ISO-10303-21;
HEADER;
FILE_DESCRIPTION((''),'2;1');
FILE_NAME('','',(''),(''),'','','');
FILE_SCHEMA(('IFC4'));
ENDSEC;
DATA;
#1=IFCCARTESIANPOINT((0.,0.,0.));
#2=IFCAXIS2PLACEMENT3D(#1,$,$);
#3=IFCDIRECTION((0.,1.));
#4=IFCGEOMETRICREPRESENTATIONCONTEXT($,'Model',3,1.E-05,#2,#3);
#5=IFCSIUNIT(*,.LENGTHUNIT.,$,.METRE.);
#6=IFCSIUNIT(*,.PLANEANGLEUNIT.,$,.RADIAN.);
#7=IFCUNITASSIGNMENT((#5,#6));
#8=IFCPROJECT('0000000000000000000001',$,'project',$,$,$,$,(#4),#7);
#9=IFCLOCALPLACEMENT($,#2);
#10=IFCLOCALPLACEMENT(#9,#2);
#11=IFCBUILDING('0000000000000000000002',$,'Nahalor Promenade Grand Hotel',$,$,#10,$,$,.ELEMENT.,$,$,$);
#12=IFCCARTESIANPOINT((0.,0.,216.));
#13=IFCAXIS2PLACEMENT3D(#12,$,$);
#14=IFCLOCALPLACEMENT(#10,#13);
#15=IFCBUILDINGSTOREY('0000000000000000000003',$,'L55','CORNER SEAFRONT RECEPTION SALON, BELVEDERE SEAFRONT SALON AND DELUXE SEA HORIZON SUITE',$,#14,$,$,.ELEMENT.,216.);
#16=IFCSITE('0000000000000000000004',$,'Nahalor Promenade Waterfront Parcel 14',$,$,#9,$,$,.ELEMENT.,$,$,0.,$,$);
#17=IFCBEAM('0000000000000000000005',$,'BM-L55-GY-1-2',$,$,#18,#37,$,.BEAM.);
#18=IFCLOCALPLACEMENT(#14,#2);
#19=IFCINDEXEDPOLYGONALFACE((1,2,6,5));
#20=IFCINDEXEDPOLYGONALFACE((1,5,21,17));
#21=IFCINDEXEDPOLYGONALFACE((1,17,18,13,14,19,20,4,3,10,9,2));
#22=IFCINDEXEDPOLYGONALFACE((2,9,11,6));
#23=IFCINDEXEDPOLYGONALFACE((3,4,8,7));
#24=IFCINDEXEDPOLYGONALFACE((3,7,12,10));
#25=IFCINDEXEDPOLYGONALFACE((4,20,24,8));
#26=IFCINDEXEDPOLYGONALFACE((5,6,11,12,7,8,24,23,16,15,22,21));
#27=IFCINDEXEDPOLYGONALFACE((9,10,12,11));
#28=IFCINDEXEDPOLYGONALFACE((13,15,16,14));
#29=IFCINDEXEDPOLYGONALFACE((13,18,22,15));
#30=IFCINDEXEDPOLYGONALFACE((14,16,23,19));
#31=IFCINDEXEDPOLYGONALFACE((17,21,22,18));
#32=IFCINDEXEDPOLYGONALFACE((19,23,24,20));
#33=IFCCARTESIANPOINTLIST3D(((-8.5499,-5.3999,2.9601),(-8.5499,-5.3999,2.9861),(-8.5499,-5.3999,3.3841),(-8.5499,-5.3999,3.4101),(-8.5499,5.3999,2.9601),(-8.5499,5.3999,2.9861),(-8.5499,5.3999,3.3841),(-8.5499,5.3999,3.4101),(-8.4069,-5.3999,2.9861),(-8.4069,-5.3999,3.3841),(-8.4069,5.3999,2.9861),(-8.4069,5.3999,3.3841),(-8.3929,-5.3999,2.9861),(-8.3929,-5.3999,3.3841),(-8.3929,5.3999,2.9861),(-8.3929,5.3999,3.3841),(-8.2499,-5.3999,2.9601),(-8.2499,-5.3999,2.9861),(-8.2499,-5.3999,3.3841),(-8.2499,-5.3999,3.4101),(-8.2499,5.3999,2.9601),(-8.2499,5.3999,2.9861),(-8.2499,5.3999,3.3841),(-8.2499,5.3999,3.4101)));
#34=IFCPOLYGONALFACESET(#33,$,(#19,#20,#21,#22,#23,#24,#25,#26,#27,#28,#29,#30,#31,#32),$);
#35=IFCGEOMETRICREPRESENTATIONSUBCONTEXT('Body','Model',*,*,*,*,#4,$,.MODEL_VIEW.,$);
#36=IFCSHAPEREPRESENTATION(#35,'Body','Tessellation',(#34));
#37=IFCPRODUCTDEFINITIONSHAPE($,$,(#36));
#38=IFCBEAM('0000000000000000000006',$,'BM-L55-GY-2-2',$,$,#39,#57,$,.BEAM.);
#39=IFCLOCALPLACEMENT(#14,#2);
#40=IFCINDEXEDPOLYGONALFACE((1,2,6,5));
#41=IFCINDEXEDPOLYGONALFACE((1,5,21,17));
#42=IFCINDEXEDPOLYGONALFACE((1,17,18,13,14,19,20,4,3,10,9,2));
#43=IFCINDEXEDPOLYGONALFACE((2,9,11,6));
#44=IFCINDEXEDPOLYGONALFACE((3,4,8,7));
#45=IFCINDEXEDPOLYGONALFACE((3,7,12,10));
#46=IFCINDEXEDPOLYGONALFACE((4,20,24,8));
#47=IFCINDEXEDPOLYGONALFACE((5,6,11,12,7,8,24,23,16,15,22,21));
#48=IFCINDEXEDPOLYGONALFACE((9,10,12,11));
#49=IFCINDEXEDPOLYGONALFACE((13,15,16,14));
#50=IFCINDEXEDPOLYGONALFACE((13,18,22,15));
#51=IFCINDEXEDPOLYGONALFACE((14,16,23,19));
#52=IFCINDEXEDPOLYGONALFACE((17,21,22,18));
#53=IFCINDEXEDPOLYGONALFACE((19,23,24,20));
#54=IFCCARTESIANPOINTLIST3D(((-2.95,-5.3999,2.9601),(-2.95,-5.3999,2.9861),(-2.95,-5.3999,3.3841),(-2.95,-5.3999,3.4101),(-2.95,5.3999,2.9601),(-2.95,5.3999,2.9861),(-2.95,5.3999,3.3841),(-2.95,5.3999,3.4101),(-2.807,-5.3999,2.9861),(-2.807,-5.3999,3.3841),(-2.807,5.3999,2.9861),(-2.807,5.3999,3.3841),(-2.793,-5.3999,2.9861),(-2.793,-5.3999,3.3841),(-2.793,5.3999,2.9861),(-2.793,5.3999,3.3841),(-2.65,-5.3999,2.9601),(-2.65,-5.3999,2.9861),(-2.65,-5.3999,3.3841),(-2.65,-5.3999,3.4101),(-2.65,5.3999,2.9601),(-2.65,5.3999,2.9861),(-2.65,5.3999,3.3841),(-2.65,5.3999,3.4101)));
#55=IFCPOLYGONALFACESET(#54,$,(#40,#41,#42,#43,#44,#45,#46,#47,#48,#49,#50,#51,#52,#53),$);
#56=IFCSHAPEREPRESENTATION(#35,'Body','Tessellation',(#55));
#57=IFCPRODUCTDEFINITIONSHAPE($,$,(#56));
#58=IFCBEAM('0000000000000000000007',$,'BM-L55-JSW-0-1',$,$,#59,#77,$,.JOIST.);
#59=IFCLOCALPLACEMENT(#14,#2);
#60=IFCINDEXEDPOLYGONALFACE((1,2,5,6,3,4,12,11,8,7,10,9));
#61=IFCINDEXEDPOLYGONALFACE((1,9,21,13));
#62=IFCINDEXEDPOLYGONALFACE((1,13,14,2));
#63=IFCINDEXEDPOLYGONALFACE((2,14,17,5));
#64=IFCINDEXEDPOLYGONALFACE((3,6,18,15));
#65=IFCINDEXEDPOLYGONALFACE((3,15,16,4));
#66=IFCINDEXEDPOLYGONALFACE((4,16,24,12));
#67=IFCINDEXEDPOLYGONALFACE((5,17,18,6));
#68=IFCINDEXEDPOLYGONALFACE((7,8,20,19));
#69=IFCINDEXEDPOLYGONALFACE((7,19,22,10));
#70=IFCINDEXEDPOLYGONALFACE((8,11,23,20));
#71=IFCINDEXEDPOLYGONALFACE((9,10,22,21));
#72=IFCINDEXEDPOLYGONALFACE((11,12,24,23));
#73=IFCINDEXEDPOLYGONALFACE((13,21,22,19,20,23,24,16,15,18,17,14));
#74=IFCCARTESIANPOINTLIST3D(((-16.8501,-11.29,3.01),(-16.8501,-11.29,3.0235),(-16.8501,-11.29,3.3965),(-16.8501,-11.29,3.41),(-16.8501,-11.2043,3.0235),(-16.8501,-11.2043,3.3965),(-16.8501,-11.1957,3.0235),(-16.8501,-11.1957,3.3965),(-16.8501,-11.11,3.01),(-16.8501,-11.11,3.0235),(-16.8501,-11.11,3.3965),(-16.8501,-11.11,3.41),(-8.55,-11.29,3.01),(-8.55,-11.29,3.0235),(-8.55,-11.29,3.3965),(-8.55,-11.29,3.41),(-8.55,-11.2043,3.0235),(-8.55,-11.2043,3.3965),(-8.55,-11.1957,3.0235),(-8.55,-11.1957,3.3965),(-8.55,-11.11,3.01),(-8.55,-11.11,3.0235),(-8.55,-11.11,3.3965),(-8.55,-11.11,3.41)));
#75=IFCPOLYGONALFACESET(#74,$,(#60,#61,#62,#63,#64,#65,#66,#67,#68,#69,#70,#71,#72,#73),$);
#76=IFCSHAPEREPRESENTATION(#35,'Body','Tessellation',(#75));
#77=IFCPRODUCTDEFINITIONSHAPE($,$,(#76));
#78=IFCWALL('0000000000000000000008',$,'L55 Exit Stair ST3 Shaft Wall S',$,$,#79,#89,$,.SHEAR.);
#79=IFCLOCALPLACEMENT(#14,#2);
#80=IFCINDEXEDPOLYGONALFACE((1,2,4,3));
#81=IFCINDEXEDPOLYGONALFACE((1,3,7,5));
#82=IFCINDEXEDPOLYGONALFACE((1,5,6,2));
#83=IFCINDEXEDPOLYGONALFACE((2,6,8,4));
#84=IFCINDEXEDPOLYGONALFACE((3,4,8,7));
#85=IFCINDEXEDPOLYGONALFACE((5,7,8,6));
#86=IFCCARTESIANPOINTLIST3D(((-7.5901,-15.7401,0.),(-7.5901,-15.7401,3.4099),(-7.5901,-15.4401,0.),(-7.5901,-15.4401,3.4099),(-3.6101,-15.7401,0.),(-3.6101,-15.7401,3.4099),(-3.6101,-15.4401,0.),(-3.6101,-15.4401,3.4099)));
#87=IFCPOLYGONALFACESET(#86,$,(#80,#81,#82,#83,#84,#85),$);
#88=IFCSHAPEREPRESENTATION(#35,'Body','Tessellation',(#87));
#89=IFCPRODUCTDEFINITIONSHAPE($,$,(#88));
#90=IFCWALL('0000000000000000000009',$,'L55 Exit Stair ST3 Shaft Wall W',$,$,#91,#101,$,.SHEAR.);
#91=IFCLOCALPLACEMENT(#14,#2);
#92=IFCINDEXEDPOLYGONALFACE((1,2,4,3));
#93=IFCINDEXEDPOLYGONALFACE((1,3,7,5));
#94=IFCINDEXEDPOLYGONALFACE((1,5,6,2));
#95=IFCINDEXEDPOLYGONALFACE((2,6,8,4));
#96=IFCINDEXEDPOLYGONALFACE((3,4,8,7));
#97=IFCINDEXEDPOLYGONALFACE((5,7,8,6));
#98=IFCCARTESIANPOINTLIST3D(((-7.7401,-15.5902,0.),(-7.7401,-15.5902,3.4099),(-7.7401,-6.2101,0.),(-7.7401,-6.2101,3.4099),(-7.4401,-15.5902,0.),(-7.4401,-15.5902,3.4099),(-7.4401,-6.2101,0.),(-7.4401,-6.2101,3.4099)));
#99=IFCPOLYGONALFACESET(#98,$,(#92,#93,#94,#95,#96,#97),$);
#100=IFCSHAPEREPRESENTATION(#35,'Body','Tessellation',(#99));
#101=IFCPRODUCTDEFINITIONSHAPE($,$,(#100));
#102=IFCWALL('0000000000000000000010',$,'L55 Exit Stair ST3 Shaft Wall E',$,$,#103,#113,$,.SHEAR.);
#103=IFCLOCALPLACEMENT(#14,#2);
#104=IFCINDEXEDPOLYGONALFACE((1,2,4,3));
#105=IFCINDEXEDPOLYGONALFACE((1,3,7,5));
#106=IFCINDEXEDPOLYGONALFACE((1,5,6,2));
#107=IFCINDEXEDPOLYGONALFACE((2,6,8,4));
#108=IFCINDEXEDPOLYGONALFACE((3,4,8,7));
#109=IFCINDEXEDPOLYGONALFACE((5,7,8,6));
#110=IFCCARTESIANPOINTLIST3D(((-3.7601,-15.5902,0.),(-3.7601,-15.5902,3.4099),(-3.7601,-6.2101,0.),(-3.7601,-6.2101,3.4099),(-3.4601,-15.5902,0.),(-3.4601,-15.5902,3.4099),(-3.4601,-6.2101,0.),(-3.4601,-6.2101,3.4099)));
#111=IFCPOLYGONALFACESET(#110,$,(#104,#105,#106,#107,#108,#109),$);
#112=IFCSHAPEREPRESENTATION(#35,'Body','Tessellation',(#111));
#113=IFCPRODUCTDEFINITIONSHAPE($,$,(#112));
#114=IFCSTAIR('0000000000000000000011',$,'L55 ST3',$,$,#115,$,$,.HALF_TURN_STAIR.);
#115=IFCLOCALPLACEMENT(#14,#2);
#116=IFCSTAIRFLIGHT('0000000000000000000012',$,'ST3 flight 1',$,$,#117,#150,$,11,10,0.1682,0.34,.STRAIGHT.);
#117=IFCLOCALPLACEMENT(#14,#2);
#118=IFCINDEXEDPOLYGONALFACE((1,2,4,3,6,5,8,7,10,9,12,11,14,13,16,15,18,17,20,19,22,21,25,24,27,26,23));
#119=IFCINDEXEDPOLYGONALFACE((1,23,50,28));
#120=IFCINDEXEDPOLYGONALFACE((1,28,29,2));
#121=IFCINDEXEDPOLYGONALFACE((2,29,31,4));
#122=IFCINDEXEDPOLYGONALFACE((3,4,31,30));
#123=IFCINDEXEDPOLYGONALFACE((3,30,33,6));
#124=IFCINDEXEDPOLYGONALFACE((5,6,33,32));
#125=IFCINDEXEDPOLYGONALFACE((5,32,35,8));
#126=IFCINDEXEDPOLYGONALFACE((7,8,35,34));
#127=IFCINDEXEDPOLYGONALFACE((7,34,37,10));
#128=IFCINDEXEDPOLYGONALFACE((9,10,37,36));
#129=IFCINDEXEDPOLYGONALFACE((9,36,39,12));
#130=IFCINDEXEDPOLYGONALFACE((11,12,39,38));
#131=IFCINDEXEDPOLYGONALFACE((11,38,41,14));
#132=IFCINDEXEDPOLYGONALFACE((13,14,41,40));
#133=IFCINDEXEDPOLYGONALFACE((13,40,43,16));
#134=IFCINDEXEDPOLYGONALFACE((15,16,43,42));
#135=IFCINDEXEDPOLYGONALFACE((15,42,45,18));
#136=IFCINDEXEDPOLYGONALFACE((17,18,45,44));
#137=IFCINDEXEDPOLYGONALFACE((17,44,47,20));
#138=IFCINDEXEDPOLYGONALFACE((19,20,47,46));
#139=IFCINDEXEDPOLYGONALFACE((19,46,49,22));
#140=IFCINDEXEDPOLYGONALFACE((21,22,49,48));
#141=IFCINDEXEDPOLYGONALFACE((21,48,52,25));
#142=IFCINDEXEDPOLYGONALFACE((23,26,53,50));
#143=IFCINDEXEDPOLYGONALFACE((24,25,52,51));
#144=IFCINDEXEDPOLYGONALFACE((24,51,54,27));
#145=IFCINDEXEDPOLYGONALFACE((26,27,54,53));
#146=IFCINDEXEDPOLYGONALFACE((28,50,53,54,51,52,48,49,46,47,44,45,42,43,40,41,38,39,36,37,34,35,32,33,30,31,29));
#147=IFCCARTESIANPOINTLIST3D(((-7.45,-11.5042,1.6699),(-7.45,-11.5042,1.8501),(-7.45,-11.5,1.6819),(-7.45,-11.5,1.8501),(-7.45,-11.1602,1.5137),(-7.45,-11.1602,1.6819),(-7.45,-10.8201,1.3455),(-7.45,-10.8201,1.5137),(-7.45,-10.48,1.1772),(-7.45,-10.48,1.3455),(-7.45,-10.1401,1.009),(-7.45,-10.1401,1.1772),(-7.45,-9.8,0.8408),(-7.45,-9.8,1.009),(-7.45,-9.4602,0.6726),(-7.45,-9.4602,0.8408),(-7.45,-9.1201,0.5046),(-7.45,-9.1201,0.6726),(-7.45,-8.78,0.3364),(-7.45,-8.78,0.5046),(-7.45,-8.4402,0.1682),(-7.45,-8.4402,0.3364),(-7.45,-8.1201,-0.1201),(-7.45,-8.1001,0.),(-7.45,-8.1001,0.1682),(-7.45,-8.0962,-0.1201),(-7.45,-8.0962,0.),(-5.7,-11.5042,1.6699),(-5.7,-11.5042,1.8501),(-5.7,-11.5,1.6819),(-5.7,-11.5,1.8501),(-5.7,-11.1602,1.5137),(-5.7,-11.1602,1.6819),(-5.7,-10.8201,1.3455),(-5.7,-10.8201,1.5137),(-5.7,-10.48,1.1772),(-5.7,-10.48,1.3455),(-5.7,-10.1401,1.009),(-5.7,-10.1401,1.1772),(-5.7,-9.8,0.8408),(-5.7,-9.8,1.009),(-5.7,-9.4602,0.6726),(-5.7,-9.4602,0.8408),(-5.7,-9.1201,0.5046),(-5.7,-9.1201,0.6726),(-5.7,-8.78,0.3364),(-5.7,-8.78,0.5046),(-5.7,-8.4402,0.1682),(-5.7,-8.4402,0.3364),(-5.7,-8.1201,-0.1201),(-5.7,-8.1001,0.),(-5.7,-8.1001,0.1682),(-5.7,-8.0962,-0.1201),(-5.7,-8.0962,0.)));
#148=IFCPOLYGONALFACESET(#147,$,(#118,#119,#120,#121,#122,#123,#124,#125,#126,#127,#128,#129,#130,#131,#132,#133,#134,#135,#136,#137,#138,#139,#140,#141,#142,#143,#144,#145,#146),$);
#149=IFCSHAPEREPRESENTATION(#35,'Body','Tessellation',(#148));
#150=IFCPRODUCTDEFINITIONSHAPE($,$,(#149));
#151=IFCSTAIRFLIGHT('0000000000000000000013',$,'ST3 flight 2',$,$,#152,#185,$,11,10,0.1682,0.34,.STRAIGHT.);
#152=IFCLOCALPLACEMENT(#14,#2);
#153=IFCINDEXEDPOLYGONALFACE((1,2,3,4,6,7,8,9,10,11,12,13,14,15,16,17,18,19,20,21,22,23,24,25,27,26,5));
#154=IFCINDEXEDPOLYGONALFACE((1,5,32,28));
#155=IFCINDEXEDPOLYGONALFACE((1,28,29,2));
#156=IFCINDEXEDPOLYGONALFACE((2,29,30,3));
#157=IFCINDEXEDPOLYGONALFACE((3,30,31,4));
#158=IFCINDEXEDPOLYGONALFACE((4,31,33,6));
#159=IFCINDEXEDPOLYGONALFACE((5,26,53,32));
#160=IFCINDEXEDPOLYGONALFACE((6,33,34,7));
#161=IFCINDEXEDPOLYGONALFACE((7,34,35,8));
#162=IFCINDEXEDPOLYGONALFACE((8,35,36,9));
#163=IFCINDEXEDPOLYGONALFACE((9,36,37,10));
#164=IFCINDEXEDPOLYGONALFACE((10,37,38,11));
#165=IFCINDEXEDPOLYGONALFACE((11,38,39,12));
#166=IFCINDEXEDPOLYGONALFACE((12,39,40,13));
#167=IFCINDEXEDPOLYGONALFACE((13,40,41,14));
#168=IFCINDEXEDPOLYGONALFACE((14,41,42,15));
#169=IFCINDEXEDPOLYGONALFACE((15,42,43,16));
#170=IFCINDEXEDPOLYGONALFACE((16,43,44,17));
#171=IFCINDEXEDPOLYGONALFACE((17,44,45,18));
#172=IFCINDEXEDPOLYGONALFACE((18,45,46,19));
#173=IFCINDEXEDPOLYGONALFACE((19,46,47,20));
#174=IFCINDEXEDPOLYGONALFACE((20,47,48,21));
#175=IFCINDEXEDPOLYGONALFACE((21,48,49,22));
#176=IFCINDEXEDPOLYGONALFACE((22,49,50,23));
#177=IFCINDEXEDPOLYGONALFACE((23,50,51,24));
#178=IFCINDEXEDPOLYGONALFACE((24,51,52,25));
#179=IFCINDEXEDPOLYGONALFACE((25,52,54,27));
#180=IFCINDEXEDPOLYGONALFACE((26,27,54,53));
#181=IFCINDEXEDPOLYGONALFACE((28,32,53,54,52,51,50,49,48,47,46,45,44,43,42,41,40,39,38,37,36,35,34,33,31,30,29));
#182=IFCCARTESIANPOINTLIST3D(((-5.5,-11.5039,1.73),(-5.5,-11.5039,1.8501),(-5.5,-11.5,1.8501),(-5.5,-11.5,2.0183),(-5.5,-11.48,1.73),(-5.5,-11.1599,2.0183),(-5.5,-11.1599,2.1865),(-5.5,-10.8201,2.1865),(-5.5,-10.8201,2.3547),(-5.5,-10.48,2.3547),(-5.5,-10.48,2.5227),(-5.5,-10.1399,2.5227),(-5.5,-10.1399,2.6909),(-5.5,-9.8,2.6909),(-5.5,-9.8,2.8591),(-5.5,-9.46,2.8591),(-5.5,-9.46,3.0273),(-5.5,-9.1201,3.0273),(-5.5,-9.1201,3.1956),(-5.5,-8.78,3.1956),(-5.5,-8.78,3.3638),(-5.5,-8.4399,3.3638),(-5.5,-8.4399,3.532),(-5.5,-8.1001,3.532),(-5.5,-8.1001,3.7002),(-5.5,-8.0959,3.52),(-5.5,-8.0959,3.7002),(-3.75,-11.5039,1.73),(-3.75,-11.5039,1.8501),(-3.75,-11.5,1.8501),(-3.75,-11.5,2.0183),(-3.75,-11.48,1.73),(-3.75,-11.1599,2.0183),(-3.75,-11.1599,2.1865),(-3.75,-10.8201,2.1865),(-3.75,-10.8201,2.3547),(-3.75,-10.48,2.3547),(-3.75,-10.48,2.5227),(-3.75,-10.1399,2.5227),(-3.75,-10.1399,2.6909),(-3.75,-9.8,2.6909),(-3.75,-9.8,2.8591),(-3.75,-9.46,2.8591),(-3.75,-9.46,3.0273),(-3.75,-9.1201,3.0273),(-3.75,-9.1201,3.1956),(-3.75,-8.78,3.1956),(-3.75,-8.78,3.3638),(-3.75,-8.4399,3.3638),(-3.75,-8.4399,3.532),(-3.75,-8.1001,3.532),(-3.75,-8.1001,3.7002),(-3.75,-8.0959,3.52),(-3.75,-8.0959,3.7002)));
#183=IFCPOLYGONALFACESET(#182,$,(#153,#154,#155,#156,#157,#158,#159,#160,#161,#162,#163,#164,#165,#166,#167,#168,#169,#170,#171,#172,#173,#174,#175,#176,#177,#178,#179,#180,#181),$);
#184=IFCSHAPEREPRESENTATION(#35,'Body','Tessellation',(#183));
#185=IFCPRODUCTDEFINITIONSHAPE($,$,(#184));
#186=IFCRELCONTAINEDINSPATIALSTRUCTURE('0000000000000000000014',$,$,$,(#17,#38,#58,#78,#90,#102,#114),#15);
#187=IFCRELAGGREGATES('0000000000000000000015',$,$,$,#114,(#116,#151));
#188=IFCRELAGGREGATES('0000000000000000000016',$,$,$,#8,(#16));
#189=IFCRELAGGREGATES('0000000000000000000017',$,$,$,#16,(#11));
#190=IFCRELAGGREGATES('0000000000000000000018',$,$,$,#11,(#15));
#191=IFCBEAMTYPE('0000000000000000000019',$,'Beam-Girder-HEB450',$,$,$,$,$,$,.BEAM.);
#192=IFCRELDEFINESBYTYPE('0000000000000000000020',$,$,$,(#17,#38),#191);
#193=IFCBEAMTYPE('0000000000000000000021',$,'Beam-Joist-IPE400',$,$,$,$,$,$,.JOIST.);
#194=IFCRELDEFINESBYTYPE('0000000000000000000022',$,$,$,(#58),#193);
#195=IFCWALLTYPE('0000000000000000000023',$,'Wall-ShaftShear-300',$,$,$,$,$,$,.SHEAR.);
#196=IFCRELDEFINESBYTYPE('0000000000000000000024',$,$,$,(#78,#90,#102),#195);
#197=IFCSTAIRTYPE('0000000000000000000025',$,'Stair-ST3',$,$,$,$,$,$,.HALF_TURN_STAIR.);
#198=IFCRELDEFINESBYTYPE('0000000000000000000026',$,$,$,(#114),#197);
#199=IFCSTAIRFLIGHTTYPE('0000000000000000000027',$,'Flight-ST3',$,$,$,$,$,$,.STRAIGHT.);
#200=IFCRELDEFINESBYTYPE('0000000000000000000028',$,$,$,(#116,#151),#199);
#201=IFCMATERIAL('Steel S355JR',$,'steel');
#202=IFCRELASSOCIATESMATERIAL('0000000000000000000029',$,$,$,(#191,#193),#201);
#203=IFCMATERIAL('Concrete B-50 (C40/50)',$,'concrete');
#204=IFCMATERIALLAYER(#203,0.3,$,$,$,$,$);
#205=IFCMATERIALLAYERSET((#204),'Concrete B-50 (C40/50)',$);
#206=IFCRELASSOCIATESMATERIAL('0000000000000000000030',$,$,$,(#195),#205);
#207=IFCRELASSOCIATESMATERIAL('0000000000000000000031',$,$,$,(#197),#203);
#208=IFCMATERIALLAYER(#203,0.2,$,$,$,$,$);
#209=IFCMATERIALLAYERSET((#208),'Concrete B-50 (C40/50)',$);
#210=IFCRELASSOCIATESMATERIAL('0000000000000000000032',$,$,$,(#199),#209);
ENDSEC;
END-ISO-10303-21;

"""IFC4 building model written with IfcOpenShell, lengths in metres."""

from ifc_helpers import new_model, si_unit, direction, frame, frame_2d, origin, origin_2d, place, context, subcontext, project, spatial, polyline, rectangle, i_section, outline, extrude, source, transform, mapped, material, layer, layer_set, material_profile, profile_set, type_object, element, aggregate, save


model = new_model("IFC4")

# Units and contexts
model_context = context("Model", 3, precision=1e-05, world=origin(), true_north=direction((0.0, 1.0)))
body_context = subcontext(model_context, "Body", "Model", "MODEL_VIEW")
ifc_project = project(units=[si_unit("LENGTHUNIT", "METRE"), si_unit("PLANEANGLEUNIT", "RADIAN")], contexts=[model_context])

# Site, building, storey
site_placement = place(None, origin())
site = spatial("IfcSite", under=ifc_project, at=site_placement, Name="Nahalor Promenade Waterfront Parcel 14", CompositionType="ELEMENT", RefElevation=0.0)
building_placement = place(site_placement, origin())
building = spatial("IfcBuilding", under=site, at=building_placement, Name="Nahalor Promenade Grand Hotel", CompositionType="ELEMENT")
storey_placement = place(building_placement, frame((0.0, 0.0, 216.0)))
storey = spatial("IfcBuildingStorey", under=building, at=storey_placement, Name="L55", Description="CORNER SEAFRONT RECEPTION SALON, BELVEDERE SEAFRONT SALON AND DELUXE SEA HORIZON SUITE", CompositionType="ELEMENT", Elevation=216.0)

# Beams
ifc_material_1 = material(Name="Steel S355JR", Category="steel")
ifc_material_profile_1 = material_profile(ifc_material_1, i_section(OverallWidth=0.3, OverallDepth=0.45, WebThickness=0.014, FlangeThickness=0.026, at=origin_2d()), Name="HEB 450")
ifc_profile_set_1 = profile_set([ifc_material_profile_1], Name="Steel S355JR")
beam_type_1 = type_object("IfcBeamType", Name="Beam-Girder-HEB450", PredefinedType="BEAM", material=ifc_profile_set_1)
shared_shape_1 = source(origin(), body_context, "Body", "SweptSolid", [
    extrude(i_section(OverallWidth=0.3, OverallDepth=0.45, WebThickness=0.014, FlangeThickness=0.026, at=origin_2d()), origin(), (0.0, 0.0, 1.0), 10.7998),
])
for number, where, z_axis, x_axis, name in (
    (1, (-8.3999, -5.3999, 3.1851), (0.0, 1.0, 0.0), (-1.0, 0.0, 0.0), "BM-L55-GY-1-2"),
    (2, (-2.8, -5.3999, 3.1851), (0.0, 1.0, 0.0), (-1.0, 0.0, 0.0), "BM-L55-GY-2-2"),
):
    element("IfcBeam", number, at=place(storey_placement, frame(where, z_axis=z_axis, x_axis=x_axis)), inside=storey, type_object=beam_type_1, Name=name, PredefinedType="BEAM", context=body_context, shape_type="MappedRepresentation", body=[
        mapped(shared_shape_1, transform((0.0, 0.0, 0.0), scale=1.0)),
    ])
ifc_material_profile_2 = material_profile(ifc_material_1, i_section(OverallWidth=0.18, OverallDepth=0.4, WebThickness=0.0086, FlangeThickness=0.0135, at=origin_2d()), Name="IPE 400")
ifc_profile_set_2 = profile_set([ifc_material_profile_2], Name="Steel S355JR")
beam_type_2 = type_object("IfcBeamType", Name="Beam-Joist-IPE400", PredefinedType="JOIST", material=ifc_profile_set_2)
shared_shape_2 = source(origin(), body_context, "Body", "SweptSolid", [
    extrude(i_section(OverallWidth=0.18, OverallDepth=0.4, WebThickness=0.0086, FlangeThickness=0.0135, at=origin_2d()), origin(), (0.0, 0.0, 1.0), 8.3),
])
beam_placement = place(storey_placement, frame((-16.8501, -11.2, 3.21), z_axis=(1.0, 0.0, 0.0), x_axis=(0.0, 1.0, 0.0)))
element("IfcBeam", 3, at=beam_placement, inside=storey, type_object=beam_type_2, Name="BM-L55-JSW-0-1", PredefinedType="JOIST", context=body_context, shape_type="MappedRepresentation", body=[
    mapped(shared_shape_2, transform((0.0, 0.0, 0.0), scale=1.0)),
])

# Wall
ifc_material_2 = material(Name="Concrete B-50 (C40/50)", Category="concrete")
ifc_layer_1 = layer(ifc_material_2, 0.3)
ifc_layer_set_1 = layer_set([ifc_layer_1], Name="Concrete B-50 (C40/50)")
wall_type = type_object("IfcWallType", Name="Wall-ShaftShear-300", PredefinedType="SHEAR", material=ifc_layer_set_1)
shared_shape_3 = source(origin(), body_context, "Body", "SweptSolid", [
    extrude(rectangle(XDim=3.98, YDim=0.3, at=frame_2d((1.99, 0.0))), origin(), (0.0, 0.0, 1.0), 3.4099),
])
wall_1_placement = place(storey_placement, frame((-7.5901, -15.5901, 0.0), z_axis=(0.0, 0.0, 1.0), x_axis=(1.0, 0.0, 0.0)))
element("IfcWall", 4, at=wall_1_placement, inside=storey, type_object=wall_type, Name="L55 Exit Stair ST3 Shaft Wall S", PredefinedType="SHEAR", context=body_context, shape_type="MappedRepresentation", body=[
    mapped(shared_shape_3, transform((0.0, 0.0, 0.0), scale=1.0)),
])

# Walls
shared_shape_4 = source(origin(), body_context, "Body", "SweptSolid", [
    extrude(rectangle(XDim=9.3801, YDim=0.3, at=frame_2d((4.6899, 0.0))), origin(), (0.0, 0.0, 1.0), 3.4099),
])
for number, where, z_axis, x_axis, name in (
    (5, (-7.5901, -15.5901, 0.0), (0.0, 0.0, 1.0), (0.0, 1.0, 0.0), "L55 Exit Stair ST3 Shaft Wall W"),
    (6, (-3.6101, -15.5901, 0.0), (0.0, 0.0, 1.0), (0.0, 1.0, 0.0), "L55 Exit Stair ST3 Shaft Wall E"),
):
    element("IfcWall", number, at=place(storey_placement, frame(where, z_axis=z_axis, x_axis=x_axis)), inside=storey, type_object=wall_type, Name=name, PredefinedType="SHEAR", context=body_context, shape_type="MappedRepresentation", body=[
        mapped(shared_shape_4, transform((0.0, 0.0, 0.0), scale=1.0)),
    ])

# Stair, stair flights
stair_type = type_object("IfcStairType", Name="Stair-ST3", PredefinedType="HALF_TURN_STAIR", material=ifc_material_2)
stair_placement = place(storey_placement, origin())
stair = element("IfcStair", 7, at=stair_placement, inside=storey, type_object=stair_type, Name="L55 ST3", PredefinedType="HALF_TURN_STAIR")
ifc_layer_2 = layer(ifc_material_2, 0.2)
ifc_layer_set_2 = layer_set([ifc_layer_2], Name="Concrete B-50 (C40/50)")
stair_flight_type = type_object("IfcStairFlightType", Name="Flight-ST3", PredefinedType="STRAIGHT", material=ifc_layer_set_2)
shared_shape_5 = source(origin(), body_context, "Body", "SweptSolid", [
    extrude(outline(polyline([(-0.0039, -0.1201), (-0.0039, 0.0), (0.0, 0.0), (0.0, 0.1682), (0.3401, 0.1682), (0.3401, 0.3364), (0.6799, 0.3364), (0.6799, 0.5046), (1.02, 0.5046), (1.02, 0.6726), (1.3601, 0.6726), (1.3601, 0.8408), (1.7, 0.8408), (1.7, 1.009), (2.04, 1.009), (2.04, 1.1772), (2.3799, 1.1772), (2.3799, 1.3455), (2.72, 1.3455), (2.72, 1.5137), (3.0601, 1.5137), (3.0601, 1.6819), (3.3999, 1.6819), (3.3999, 1.8501), (3.4041, 1.8501), (3.4041, 1.6699), (0.02, -0.1201), (-0.0039, -0.1201)])), frame((0.0, 0.875, 0.0), z_axis=(0.0, -1.0, 0.0), x_axis=(1.0, 0.0, 0.0)), (0.0, 0.0, 1.0), 1.75),
])
stair_flight_1_placement = place(storey_placement, frame((-6.575, -8.1001, 0.0), z_axis=(0.0, 0.0, 1.0), x_axis=(0.0, -1.0, 0.0)))
stair_flight_1 = element("IfcStairFlight", 8, at=stair_flight_1_placement, type_object=stair_flight_type, Name="ST3 flight 1", NumberOfRisers=11, NumberOfTreads=10, PredefinedType="STRAIGHT", RiserHeight=0.1682, TreadLength=0.34, context=body_context, shape_type="MappedRepresentation", body=[
    mapped(shared_shape_5, transform((0.0, 0.0, 0.0), scale=1.0)),
])
stair_flight_2_placement = place(storey_placement, frame((-4.625, -11.5, 1.8501), z_axis=(0.0, 0.0, 1.0), x_axis=(0.0, 1.0, 0.0)))
stair_flight_2 = element("IfcStairFlight", 9, at=stair_flight_2_placement, type_object=stair_flight_type, Name="ST3 flight 2", NumberOfRisers=11, NumberOfTreads=10, PredefinedType="STRAIGHT", RiserHeight=0.1682, TreadLength=0.34, context=body_context, shape_type="MappedRepresentation", body=[
    mapped(shared_shape_5, transform((0.0, 0.0, 0.0), scale=1.0)),
])
aggregate(stair, [stair_flight_1, stair_flight_2])

save(model, "model.ifc")
